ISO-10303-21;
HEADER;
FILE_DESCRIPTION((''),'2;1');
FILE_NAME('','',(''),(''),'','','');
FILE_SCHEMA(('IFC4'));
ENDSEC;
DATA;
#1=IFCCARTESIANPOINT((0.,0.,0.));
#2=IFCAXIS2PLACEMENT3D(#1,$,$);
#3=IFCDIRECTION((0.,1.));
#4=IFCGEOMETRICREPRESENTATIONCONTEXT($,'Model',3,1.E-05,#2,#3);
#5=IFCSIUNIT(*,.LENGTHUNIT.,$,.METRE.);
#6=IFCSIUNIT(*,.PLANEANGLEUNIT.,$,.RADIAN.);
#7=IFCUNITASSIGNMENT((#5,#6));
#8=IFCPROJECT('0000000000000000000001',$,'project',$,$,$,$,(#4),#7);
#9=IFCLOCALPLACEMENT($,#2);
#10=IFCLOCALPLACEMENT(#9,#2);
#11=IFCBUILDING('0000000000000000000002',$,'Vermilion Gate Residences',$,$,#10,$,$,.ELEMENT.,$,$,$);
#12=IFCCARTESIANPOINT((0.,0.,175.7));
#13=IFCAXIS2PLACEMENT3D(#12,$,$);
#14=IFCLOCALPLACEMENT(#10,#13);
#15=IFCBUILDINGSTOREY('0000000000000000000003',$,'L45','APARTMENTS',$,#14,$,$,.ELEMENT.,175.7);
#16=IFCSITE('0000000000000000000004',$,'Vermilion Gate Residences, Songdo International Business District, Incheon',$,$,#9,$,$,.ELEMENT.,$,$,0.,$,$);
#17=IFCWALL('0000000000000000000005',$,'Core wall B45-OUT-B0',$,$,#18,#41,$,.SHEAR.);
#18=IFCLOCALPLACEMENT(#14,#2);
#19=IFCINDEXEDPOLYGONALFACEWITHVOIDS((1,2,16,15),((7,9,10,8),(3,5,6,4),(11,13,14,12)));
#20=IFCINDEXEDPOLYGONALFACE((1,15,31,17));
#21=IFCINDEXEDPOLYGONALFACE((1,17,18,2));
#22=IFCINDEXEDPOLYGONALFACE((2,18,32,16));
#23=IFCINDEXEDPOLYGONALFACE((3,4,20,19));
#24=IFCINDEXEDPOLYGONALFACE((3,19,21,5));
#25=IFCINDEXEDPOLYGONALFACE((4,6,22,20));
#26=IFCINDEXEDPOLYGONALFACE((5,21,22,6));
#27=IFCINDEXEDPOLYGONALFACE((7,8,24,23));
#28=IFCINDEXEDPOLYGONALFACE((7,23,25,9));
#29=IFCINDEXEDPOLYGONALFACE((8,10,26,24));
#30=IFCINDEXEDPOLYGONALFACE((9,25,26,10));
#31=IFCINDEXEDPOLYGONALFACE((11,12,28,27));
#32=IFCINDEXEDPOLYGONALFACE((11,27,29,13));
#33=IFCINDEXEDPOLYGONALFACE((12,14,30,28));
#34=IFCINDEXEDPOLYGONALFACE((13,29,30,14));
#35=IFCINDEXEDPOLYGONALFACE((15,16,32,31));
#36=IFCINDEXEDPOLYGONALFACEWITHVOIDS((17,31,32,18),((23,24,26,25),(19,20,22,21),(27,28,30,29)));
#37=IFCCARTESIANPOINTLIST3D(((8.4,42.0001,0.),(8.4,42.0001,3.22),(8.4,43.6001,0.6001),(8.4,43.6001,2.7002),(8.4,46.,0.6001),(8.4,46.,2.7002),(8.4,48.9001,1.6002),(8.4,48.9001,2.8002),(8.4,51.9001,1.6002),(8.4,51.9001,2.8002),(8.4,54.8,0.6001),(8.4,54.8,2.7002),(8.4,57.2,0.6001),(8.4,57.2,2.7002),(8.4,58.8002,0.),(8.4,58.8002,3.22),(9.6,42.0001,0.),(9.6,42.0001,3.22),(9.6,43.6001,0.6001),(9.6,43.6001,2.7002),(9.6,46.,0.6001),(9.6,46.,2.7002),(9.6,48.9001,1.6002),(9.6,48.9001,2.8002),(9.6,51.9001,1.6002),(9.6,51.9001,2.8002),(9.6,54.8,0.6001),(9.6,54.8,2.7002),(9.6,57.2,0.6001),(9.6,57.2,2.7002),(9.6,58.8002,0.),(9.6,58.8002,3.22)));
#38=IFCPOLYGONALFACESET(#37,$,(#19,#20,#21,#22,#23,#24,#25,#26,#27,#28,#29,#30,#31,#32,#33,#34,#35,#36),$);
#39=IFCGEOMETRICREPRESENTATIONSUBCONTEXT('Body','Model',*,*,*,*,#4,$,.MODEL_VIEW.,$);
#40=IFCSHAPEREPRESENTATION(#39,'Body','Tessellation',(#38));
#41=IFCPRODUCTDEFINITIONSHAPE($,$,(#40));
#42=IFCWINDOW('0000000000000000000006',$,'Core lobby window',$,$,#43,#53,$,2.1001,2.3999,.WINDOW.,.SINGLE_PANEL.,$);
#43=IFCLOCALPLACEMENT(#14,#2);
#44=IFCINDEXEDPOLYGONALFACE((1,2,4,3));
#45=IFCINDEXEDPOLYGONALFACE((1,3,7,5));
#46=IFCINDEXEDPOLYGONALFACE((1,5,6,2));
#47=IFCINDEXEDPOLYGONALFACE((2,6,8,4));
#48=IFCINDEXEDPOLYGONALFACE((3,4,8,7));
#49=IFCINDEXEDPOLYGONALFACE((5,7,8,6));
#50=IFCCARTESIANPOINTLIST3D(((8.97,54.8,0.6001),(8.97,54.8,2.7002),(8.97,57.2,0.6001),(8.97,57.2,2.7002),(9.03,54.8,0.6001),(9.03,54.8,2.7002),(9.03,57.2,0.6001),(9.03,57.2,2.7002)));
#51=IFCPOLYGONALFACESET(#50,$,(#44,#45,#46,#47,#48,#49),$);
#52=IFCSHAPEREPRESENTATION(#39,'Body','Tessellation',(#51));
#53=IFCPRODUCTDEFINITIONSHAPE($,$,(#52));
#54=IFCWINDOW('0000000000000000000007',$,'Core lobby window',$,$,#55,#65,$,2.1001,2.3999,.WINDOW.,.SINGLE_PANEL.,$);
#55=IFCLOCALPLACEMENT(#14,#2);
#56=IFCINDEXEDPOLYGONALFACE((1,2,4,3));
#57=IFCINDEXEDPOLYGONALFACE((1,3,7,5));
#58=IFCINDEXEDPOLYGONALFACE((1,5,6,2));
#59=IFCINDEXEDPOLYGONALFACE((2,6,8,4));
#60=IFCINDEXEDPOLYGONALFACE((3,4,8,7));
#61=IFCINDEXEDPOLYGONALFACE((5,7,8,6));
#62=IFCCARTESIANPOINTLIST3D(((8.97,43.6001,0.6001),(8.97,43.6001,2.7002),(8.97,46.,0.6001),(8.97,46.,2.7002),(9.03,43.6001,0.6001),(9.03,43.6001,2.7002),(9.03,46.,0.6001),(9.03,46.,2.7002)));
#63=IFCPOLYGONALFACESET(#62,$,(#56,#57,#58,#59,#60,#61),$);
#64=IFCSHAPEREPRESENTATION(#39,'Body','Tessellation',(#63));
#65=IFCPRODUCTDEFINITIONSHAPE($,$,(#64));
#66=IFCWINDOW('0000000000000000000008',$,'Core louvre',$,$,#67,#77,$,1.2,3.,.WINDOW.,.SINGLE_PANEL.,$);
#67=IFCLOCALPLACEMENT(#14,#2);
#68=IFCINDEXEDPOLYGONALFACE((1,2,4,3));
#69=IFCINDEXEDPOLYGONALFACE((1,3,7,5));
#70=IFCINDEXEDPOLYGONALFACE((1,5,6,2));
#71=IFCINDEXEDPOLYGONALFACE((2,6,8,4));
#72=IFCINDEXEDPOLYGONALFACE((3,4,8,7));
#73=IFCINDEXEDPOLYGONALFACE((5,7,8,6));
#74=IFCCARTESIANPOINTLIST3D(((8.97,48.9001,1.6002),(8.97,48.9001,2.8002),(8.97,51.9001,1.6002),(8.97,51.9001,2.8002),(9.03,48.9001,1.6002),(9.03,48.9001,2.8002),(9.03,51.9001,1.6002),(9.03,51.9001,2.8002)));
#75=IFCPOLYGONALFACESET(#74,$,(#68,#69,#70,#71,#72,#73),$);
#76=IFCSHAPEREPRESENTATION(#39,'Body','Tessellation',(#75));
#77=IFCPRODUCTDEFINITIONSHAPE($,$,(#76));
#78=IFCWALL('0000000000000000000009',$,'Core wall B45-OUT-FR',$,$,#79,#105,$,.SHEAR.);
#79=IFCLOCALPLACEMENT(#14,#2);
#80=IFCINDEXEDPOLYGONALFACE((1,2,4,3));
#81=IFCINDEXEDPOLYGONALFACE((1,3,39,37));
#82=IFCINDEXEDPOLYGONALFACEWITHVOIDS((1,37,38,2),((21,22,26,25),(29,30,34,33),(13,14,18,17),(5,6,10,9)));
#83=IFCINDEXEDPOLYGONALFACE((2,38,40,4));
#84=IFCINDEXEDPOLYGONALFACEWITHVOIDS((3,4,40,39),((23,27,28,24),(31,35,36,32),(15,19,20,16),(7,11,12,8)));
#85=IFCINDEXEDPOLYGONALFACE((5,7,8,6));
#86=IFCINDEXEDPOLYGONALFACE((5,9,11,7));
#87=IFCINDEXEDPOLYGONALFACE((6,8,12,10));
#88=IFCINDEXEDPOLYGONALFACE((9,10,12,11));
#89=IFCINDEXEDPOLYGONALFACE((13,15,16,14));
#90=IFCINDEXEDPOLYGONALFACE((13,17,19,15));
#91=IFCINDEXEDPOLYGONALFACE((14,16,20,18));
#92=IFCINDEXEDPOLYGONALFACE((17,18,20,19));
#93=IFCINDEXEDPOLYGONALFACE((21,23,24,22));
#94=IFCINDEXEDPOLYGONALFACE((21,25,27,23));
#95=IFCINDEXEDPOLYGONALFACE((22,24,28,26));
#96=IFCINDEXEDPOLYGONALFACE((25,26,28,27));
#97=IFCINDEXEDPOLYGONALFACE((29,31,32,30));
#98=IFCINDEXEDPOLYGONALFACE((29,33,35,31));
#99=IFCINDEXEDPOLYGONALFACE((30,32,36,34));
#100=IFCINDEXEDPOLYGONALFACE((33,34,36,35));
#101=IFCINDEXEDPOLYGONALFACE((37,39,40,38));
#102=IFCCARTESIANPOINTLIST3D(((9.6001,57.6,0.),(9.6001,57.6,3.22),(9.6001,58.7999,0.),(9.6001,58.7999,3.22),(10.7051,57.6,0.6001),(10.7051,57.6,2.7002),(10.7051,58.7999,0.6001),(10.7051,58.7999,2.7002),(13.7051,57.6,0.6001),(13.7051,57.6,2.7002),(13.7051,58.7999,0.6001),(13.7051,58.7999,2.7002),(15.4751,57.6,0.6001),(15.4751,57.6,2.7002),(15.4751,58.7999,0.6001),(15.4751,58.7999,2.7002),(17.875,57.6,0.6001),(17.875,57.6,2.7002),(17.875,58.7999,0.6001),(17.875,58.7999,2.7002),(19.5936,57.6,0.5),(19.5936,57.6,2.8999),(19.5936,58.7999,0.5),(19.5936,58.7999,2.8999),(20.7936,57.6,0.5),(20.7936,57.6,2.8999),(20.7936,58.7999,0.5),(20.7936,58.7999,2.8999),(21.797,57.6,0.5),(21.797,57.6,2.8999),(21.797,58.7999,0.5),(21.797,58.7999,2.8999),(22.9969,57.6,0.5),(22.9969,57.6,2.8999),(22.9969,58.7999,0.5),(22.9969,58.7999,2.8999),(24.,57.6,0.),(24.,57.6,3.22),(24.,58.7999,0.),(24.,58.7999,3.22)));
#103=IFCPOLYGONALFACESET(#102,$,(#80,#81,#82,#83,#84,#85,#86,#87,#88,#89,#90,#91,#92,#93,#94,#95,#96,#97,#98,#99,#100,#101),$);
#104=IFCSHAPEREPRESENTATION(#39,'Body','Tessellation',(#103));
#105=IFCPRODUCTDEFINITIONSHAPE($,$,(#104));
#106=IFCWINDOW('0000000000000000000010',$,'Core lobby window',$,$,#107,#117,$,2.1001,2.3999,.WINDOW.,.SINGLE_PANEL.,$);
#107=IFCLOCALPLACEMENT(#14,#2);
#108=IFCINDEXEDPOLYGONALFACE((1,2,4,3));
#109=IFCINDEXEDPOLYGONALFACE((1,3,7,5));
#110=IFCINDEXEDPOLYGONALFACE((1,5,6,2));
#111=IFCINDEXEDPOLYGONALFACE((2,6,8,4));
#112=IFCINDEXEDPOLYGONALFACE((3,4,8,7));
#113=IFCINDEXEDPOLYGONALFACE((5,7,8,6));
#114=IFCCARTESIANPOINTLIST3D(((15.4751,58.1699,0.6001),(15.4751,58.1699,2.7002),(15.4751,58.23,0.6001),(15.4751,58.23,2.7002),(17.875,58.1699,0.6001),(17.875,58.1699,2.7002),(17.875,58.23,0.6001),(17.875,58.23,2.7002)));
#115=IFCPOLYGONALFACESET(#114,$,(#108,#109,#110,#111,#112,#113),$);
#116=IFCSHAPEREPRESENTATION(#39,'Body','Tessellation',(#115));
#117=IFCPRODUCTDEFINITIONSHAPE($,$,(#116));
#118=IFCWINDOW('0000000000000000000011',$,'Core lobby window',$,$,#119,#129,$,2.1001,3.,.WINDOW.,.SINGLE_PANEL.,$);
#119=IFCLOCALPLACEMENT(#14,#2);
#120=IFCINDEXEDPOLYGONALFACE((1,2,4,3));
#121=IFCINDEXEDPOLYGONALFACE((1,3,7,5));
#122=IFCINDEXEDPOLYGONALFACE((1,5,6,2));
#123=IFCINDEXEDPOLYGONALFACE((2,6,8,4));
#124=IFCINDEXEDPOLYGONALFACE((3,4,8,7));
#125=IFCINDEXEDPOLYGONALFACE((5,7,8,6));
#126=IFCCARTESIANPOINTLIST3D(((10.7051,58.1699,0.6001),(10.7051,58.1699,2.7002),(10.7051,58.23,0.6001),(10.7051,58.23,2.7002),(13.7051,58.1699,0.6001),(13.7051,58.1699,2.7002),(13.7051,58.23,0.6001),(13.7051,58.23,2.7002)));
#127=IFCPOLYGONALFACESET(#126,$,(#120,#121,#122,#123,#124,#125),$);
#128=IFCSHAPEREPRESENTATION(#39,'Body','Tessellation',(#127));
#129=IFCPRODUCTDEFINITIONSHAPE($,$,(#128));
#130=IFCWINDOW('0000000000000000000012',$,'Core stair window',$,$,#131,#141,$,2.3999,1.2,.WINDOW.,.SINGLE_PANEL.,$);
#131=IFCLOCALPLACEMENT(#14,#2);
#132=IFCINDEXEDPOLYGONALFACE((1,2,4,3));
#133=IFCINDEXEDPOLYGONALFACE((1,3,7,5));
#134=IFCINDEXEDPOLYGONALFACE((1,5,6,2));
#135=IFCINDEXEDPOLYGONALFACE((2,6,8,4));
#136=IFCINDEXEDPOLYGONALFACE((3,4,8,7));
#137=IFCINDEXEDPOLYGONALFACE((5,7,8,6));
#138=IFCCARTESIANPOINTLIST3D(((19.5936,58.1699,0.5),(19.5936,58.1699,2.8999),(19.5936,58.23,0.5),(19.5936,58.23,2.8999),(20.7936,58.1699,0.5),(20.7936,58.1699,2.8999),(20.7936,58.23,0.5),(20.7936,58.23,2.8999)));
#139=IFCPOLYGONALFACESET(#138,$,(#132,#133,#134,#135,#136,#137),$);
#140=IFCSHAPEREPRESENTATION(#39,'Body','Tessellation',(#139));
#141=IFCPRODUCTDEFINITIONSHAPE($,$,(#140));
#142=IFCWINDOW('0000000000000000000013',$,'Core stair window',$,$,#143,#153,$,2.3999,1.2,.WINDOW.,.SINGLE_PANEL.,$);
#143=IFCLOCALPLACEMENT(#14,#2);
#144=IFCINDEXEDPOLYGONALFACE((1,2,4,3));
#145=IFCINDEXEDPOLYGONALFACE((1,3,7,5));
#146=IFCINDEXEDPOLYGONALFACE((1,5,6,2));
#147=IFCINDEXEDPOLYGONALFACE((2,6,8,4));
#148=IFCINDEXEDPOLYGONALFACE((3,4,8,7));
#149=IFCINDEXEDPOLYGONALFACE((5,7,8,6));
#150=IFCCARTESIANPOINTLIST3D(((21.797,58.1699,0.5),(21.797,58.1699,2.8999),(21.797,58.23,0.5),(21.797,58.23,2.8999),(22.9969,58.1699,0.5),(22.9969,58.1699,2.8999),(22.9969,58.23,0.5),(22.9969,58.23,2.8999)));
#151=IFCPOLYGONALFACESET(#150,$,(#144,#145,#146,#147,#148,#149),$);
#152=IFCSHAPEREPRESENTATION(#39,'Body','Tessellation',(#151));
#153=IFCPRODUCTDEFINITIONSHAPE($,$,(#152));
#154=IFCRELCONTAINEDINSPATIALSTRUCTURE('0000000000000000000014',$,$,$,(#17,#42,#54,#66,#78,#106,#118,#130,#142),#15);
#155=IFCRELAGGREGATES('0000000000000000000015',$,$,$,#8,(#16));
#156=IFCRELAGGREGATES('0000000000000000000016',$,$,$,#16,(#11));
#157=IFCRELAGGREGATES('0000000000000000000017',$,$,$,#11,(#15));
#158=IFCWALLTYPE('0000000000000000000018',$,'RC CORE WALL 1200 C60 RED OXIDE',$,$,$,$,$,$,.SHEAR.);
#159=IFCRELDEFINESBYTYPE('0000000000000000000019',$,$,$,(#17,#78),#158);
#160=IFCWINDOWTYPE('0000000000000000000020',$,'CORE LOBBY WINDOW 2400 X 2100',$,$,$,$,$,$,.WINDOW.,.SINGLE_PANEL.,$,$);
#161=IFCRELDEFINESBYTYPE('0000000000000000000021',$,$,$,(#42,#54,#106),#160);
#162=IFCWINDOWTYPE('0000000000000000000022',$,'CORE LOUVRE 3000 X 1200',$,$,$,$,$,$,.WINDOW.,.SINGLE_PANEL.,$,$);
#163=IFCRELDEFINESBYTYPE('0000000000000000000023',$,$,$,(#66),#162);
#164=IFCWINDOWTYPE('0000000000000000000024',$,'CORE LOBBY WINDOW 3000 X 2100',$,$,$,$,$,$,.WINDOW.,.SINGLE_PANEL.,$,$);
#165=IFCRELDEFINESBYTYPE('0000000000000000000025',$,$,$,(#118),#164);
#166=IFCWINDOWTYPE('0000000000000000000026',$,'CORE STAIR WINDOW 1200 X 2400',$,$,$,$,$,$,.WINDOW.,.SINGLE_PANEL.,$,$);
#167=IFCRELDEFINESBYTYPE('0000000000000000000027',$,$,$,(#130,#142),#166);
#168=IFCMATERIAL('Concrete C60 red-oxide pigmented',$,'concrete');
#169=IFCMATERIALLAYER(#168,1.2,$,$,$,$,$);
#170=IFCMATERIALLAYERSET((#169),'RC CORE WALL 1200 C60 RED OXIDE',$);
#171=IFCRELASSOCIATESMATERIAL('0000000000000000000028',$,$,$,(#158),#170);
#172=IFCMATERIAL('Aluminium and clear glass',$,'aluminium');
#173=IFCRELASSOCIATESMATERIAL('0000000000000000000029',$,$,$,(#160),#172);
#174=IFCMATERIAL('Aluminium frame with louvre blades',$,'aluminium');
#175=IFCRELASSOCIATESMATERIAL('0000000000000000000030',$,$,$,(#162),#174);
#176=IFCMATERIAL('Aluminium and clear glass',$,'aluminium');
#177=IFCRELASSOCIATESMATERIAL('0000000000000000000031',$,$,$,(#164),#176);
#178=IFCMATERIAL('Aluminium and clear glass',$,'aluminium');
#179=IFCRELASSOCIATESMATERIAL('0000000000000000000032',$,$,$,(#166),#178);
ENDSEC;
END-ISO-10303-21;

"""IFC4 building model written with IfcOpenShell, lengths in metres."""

from ifc_helpers import new_model, si_unit, direction, frame, frame_2d, origin, place, context, subcontext, project, spatial, rectangle, extrude, material, layer, layer_set, type_object, element, fill, save


model = new_model("IFC4")

# Units and contexts
model_context = context("Model", 3, precision=1e-05, world=origin(), true_north=direction((0.0, 1.0)))
body_context = subcontext(model_context, "Body", "Model", "MODEL_VIEW")
ifc_project = project(units=[si_unit("LENGTHUNIT", "METRE"), si_unit("PLANEANGLEUNIT", "RADIAN")], contexts=[model_context])

# Site, building, storey
site_placement = place(None, origin())
site = spatial("IfcSite", under=ifc_project, at=site_placement, Name="Vermilion Gate Residences, Songdo International Business District, Incheon", CompositionType="ELEMENT", RefElevation=0.0)
building_placement = place(site_placement, origin())
building = spatial("IfcBuilding", under=site, at=building_placement, Name="Vermilion Gate Residences", CompositionType="ELEMENT")
storey_placement = place(building_placement, frame((0.0, 0.0, 175.7)))
storey = spatial("IfcBuildingStorey", under=building, at=storey_placement, Name="L45", Description="APARTMENTS", CompositionType="ELEMENT", Elevation=175.7)

# Walls, openings, windows
ifc_material_1 = material(Name="Concrete C60 red-oxide pigmented", Category="concrete")
ifc_layer_1 = layer(ifc_material_1, 1.2)
ifc_layer_set_1 = layer_set([ifc_layer_1], Name="RC CORE WALL 1200 C60 RED OXIDE")
wall_type_1 = type_object("IfcWallType", Name="RC CORE WALL 1200 C60 RED OXIDE", PredefinedType="SHEAR", material=ifc_layer_set_1)
wall_1_placement = place(storey_placement, frame((9.0, 58.8, 0.0), z_axis=(0.0, 0.0, 1.0), x_axis=(0.0, -1.0, 0.0)))
wall_1 = element("IfcWall", 1, at=wall_1_placement, inside=storey, type_object=wall_type_1, Name="Core wall B45-OUT-B0", PredefinedType="SHEAR", context=body_context, shape_type="SweptSolid", body=[
    extrude(rectangle(XDim=16.8, YDim=1.2, at=frame_2d((8.3999, 0.0))), origin(), (0.0, 0.0, 1.0), 3.22),
])
opening_1_placement = place(wall_1_placement, frame((1.6001, 0.0, 0.6001)))
opening_1 = element("IfcOpeningElement", 2, at=opening_1_placement, cuts=wall_1, PredefinedType="OPENING", context=body_context, shape_type="SweptSolid", body=[
    extrude(rectangle(XDim=2.3999, YDim=2.1001, at=frame_2d((1.2, 1.05))), frame((0.0, 0.6099, 0.0), z_axis=(0.0, -1.0, 0.0), x_axis=(1.0, 0.0, 0.0)), (0.0, 0.0, 1.0), 1.22),
])
opening_2_placement = place(wall_1_placement, frame((6.8999, 0.0, 1.6001)))
opening_2 = element("IfcOpeningElement", 3, at=opening_2_placement, cuts=wall_1, PredefinedType="OPENING", context=body_context, shape_type="SweptSolid", body=[
    extrude(rectangle(XDim=3.0, YDim=1.2, at=frame_2d((1.5, 0.6001))), frame((0.0, 0.6099, 0.0), z_axis=(0.0, -1.0, 0.0), x_axis=(1.0, 0.0, 0.0)), (0.0, 0.0, 1.0), 1.22),
])
opening_3_placement = place(wall_1_placement, frame((12.8, 0.0, 0.6001)))
opening_3 = element("IfcOpeningElement", 4, at=opening_3_placement, cuts=wall_1, PredefinedType="OPENING", context=body_context, shape_type="SweptSolid", body=[
    extrude(rectangle(XDim=2.3999, YDim=2.1001, at=frame_2d((1.2, 1.05))), frame((0.0, 0.6099, 0.0), z_axis=(0.0, -1.0, 0.0), x_axis=(1.0, 0.0, 0.0)), (0.0, 0.0, 1.0), 1.22),
])
ifc_material_2 = material(Name="Aluminium and clear glass", Category="aluminium")
window_type_1 = type_object("IfcWindowType", Name="CORE LOBBY WINDOW 2400 X 2100", PartitioningType="SINGLE_PANEL", PredefinedType="WINDOW", material=ifc_material_2)
window_1_placement = place(opening_1_placement, origin())
window_1 = element("IfcWindow", 5, at=window_1_placement, inside=storey, type_object=window_type_1, Name="Core lobby window", OverallHeight=2.1001, OverallWidth=2.3999, PartitioningType="SINGLE_PANEL", PredefinedType="WINDOW", context=body_context, shape_type="SweptSolid", body=[
    extrude(rectangle(XDim=2.3999, YDim=2.1001, at=frame_2d((1.2, 1.05))), frame((0.0, 0.03, 0.0), z_axis=(0.0, -1.0, 0.0), x_axis=(1.0, 0.0, 0.0)), (0.0, 0.0, 1.0), 0.0601),
])
fill(opening_1, window_1)
window_2_placement = place(opening_3_placement, origin())
window_2 = element("IfcWindow", 6, at=window_2_placement, inside=storey, type_object=window_type_1, Name="Core lobby window", OverallHeight=2.1001, OverallWidth=2.3999, PartitioningType="SINGLE_PANEL", PredefinedType="WINDOW", context=body_context, shape_type="SweptSolid", body=[
    extrude(rectangle(XDim=2.3999, YDim=2.1001, at=frame_2d((1.2, 1.05))), frame((0.0, 0.03, 0.0), z_axis=(0.0, -1.0, 0.0), x_axis=(1.0, 0.0, 0.0)), (0.0, 0.0, 1.0), 0.0601),
])
fill(opening_3, window_2)
ifc_material_3 = material(Name="Aluminium frame with louvre blades", Category="aluminium")
window_type_2 = type_object("IfcWindowType", Name="CORE LOUVRE 3000 X 1200", PartitioningType="SINGLE_PANEL", PredefinedType="WINDOW", material=ifc_material_3)
window_3_placement = place(opening_2_placement, origin())
window_3 = element("IfcWindow", 7, at=window_3_placement, inside=storey, type_object=window_type_2, Name="Core louvre", OverallHeight=1.2, OverallWidth=3.0, PartitioningType="SINGLE_PANEL", PredefinedType="WINDOW", context=body_context, shape_type="SweptSolid", body=[
    extrude(rectangle(XDim=3.0, YDim=1.2, at=frame_2d((1.5, 0.6001))), frame((0.0, 0.03, 0.0), z_axis=(0.0, -1.0, 0.0), x_axis=(1.0, 0.0, 0.0)), (0.0, 0.0, 1.0), 0.0601),
])
fill(opening_2, window_3)
wall_2_placement = place(storey_placement, frame((9.6001, 58.2, 0.0), z_axis=(0.0, 0.0, 1.0), x_axis=(1.0, 0.0, 0.0)))
wall_2 = element("IfcWall", 8, at=wall_2_placement, inside=storey, type_object=wall_type_1, Name="Core wall B45-OUT-FR", PredefinedType="SHEAR", context=body_context, shape_type="SweptSolid", body=[
    extrude(rectangle(XDim=14.3999, YDim=1.2, at=frame_2d((7.2, 0.0))), origin(), (0.0, 0.0, 1.0), 3.22),
])
opening_4_placement = place(wall_2_placement, frame((1.105, 0.0, 0.6001)))
opening_4 = element("IfcOpeningElement", 9, at=opening_4_placement, cuts=wall_2, PredefinedType="OPENING", context=body_context, shape_type="SweptSolid", body=[
    extrude(rectangle(XDim=3.0, YDim=2.1001, at=frame_2d((1.5, 1.05))), frame((0.0, 0.6099, 0.0), z_axis=(0.0, -1.0, 0.0), x_axis=(1.0, 0.0, 0.0)), (0.0, 0.0, 1.0), 1.22),
])
opening_5_placement = place(wall_2_placement, frame((5.875, 0.0, 0.6001)))
opening_5 = element("IfcOpeningElement", 10, at=opening_5_placement, cuts=wall_2, PredefinedType="OPENING", context=body_context, shape_type="SweptSolid", body=[
    extrude(rectangle(XDim=2.3999, YDim=2.1001, at=frame_2d((1.2, 1.05))), frame((0.0, 0.6099, 0.0), z_axis=(0.0, -1.0, 0.0), x_axis=(1.0, 0.0, 0.0)), (0.0, 0.0, 1.0), 1.22),
])
opening_6_placement = place(wall_2_placement, frame((9.9934, 0.0, 0.5)))
opening_6 = element("IfcOpeningElement", 11, at=opening_6_placement, cuts=wall_2, PredefinedType="OPENING", context=body_context, shape_type="SweptSolid", body=[
    extrude(rectangle(XDim=1.2, YDim=2.3999, at=frame_2d((0.6001, 1.2))), frame((0.0, 0.6099, 0.0), z_axis=(0.0, -1.0, 0.0), x_axis=(1.0, 0.0, 0.0)), (0.0, 0.0, 1.0), 1.22),
])
opening_7_placement = place(wall_2_placement, frame((12.1968, 0.0, 0.5)))
opening_7 = element("IfcOpeningElement", 12, at=opening_7_placement, cuts=wall_2, PredefinedType="OPENING", context=body_context, shape_type="SweptSolid", body=[
    extrude(rectangle(XDim=1.2, YDim=2.3999, at=frame_2d((0.6001, 1.2))), frame((0.0, 0.6099, 0.0), z_axis=(0.0, -1.0, 0.0), x_axis=(1.0, 0.0, 0.0)), (0.0, 0.0, 1.0), 1.22),
])
window_4_placement = place(opening_5_placement, origin())
window_4 = element("IfcWindow", 13, at=window_4_placement, inside=storey, type_object=window_type_1, Name="Core lobby window", OverallHeight=2.1001, OverallWidth=2.3999, PartitioningType="SINGLE_PANEL", PredefinedType="WINDOW", context=body_context, shape_type="SweptSolid", body=[
    extrude(rectangle(XDim=2.3999, YDim=2.1001, at=frame_2d((1.2, 1.05))), frame((0.0, 0.03, 0.0), z_axis=(0.0, -1.0, 0.0), x_axis=(1.0, 0.0, 0.0)), (0.0, 0.0, 1.0), 0.0601),
])
fill(opening_5, window_4)
ifc_material_4 = material(Name="Aluminium and clear glass", Category="aluminium")
window_type_3 = type_object("IfcWindowType", Name="CORE LOBBY WINDOW 3000 X 2100", PartitioningType="SINGLE_PANEL", PredefinedType="WINDOW", material=ifc_material_4)
window_5_placement = place(opening_4_placement, origin())
window_5 = element("IfcWindow", 14, at=window_5_placement, inside=storey, type_object=window_type_3, Name="Core lobby window", OverallHeight=2.1001, OverallWidth=3.0, PartitioningType="SINGLE_PANEL", PredefinedType="WINDOW", context=body_context, shape_type="SweptSolid", body=[
    extrude(rectangle(XDim=3.0, YDim=2.1001, at=frame_2d((1.5, 1.05))), frame((0.0, 0.03, 0.0), z_axis=(0.0, -1.0, 0.0), x_axis=(1.0, 0.0, 0.0)), (0.0, 0.0, 1.0), 0.0601),
])
fill(opening_4, window_5)
ifc_material_5 = material(Name="Aluminium and clear glass", Category="aluminium")
window_type_4 = type_object("IfcWindowType", Name="CORE STAIR WINDOW 1200 X 2400", PartitioningType="SINGLE_PANEL", PredefinedType="WINDOW", material=ifc_material_5)
window_6_placement = place(opening_6_placement, origin())
window_6 = element("IfcWindow", 15, at=window_6_placement, inside=storey, type_object=window_type_4, Name="Core stair window", OverallHeight=2.3999, OverallWidth=1.2, PartitioningType="SINGLE_PANEL", PredefinedType="WINDOW", context=body_context, shape_type="SweptSolid", body=[
    extrude(rectangle(XDim=1.2, YDim=2.3999, at=frame_2d((0.6001, 1.2))), frame((0.0, 0.03, 0.0), z_axis=(0.0, -1.0, 0.0), x_axis=(1.0, 0.0, 0.0)), (0.0, 0.0, 1.0), 0.0601),
])
fill(opening_6, window_6)
window_7_placement = place(opening_7_placement, origin())
window_7 = element("IfcWindow", 16, at=window_7_placement, inside=storey, type_object=window_type_4, Name="Core stair window", OverallHeight=2.3999, OverallWidth=1.2, PartitioningType="SINGLE_PANEL", PredefinedType="WINDOW", context=body_context, shape_type="SweptSolid", body=[
    extrude(rectangle(XDim=1.2, YDim=2.3999, at=frame_2d((0.6001, 1.2))), frame((0.0, 0.03, 0.0), z_axis=(0.0, -1.0, 0.0), x_axis=(1.0, 0.0, 0.0)), (0.0, 0.0, 1.0), 0.0601),
])
fill(opening_7, window_7)

save(model, "model.ifc")
